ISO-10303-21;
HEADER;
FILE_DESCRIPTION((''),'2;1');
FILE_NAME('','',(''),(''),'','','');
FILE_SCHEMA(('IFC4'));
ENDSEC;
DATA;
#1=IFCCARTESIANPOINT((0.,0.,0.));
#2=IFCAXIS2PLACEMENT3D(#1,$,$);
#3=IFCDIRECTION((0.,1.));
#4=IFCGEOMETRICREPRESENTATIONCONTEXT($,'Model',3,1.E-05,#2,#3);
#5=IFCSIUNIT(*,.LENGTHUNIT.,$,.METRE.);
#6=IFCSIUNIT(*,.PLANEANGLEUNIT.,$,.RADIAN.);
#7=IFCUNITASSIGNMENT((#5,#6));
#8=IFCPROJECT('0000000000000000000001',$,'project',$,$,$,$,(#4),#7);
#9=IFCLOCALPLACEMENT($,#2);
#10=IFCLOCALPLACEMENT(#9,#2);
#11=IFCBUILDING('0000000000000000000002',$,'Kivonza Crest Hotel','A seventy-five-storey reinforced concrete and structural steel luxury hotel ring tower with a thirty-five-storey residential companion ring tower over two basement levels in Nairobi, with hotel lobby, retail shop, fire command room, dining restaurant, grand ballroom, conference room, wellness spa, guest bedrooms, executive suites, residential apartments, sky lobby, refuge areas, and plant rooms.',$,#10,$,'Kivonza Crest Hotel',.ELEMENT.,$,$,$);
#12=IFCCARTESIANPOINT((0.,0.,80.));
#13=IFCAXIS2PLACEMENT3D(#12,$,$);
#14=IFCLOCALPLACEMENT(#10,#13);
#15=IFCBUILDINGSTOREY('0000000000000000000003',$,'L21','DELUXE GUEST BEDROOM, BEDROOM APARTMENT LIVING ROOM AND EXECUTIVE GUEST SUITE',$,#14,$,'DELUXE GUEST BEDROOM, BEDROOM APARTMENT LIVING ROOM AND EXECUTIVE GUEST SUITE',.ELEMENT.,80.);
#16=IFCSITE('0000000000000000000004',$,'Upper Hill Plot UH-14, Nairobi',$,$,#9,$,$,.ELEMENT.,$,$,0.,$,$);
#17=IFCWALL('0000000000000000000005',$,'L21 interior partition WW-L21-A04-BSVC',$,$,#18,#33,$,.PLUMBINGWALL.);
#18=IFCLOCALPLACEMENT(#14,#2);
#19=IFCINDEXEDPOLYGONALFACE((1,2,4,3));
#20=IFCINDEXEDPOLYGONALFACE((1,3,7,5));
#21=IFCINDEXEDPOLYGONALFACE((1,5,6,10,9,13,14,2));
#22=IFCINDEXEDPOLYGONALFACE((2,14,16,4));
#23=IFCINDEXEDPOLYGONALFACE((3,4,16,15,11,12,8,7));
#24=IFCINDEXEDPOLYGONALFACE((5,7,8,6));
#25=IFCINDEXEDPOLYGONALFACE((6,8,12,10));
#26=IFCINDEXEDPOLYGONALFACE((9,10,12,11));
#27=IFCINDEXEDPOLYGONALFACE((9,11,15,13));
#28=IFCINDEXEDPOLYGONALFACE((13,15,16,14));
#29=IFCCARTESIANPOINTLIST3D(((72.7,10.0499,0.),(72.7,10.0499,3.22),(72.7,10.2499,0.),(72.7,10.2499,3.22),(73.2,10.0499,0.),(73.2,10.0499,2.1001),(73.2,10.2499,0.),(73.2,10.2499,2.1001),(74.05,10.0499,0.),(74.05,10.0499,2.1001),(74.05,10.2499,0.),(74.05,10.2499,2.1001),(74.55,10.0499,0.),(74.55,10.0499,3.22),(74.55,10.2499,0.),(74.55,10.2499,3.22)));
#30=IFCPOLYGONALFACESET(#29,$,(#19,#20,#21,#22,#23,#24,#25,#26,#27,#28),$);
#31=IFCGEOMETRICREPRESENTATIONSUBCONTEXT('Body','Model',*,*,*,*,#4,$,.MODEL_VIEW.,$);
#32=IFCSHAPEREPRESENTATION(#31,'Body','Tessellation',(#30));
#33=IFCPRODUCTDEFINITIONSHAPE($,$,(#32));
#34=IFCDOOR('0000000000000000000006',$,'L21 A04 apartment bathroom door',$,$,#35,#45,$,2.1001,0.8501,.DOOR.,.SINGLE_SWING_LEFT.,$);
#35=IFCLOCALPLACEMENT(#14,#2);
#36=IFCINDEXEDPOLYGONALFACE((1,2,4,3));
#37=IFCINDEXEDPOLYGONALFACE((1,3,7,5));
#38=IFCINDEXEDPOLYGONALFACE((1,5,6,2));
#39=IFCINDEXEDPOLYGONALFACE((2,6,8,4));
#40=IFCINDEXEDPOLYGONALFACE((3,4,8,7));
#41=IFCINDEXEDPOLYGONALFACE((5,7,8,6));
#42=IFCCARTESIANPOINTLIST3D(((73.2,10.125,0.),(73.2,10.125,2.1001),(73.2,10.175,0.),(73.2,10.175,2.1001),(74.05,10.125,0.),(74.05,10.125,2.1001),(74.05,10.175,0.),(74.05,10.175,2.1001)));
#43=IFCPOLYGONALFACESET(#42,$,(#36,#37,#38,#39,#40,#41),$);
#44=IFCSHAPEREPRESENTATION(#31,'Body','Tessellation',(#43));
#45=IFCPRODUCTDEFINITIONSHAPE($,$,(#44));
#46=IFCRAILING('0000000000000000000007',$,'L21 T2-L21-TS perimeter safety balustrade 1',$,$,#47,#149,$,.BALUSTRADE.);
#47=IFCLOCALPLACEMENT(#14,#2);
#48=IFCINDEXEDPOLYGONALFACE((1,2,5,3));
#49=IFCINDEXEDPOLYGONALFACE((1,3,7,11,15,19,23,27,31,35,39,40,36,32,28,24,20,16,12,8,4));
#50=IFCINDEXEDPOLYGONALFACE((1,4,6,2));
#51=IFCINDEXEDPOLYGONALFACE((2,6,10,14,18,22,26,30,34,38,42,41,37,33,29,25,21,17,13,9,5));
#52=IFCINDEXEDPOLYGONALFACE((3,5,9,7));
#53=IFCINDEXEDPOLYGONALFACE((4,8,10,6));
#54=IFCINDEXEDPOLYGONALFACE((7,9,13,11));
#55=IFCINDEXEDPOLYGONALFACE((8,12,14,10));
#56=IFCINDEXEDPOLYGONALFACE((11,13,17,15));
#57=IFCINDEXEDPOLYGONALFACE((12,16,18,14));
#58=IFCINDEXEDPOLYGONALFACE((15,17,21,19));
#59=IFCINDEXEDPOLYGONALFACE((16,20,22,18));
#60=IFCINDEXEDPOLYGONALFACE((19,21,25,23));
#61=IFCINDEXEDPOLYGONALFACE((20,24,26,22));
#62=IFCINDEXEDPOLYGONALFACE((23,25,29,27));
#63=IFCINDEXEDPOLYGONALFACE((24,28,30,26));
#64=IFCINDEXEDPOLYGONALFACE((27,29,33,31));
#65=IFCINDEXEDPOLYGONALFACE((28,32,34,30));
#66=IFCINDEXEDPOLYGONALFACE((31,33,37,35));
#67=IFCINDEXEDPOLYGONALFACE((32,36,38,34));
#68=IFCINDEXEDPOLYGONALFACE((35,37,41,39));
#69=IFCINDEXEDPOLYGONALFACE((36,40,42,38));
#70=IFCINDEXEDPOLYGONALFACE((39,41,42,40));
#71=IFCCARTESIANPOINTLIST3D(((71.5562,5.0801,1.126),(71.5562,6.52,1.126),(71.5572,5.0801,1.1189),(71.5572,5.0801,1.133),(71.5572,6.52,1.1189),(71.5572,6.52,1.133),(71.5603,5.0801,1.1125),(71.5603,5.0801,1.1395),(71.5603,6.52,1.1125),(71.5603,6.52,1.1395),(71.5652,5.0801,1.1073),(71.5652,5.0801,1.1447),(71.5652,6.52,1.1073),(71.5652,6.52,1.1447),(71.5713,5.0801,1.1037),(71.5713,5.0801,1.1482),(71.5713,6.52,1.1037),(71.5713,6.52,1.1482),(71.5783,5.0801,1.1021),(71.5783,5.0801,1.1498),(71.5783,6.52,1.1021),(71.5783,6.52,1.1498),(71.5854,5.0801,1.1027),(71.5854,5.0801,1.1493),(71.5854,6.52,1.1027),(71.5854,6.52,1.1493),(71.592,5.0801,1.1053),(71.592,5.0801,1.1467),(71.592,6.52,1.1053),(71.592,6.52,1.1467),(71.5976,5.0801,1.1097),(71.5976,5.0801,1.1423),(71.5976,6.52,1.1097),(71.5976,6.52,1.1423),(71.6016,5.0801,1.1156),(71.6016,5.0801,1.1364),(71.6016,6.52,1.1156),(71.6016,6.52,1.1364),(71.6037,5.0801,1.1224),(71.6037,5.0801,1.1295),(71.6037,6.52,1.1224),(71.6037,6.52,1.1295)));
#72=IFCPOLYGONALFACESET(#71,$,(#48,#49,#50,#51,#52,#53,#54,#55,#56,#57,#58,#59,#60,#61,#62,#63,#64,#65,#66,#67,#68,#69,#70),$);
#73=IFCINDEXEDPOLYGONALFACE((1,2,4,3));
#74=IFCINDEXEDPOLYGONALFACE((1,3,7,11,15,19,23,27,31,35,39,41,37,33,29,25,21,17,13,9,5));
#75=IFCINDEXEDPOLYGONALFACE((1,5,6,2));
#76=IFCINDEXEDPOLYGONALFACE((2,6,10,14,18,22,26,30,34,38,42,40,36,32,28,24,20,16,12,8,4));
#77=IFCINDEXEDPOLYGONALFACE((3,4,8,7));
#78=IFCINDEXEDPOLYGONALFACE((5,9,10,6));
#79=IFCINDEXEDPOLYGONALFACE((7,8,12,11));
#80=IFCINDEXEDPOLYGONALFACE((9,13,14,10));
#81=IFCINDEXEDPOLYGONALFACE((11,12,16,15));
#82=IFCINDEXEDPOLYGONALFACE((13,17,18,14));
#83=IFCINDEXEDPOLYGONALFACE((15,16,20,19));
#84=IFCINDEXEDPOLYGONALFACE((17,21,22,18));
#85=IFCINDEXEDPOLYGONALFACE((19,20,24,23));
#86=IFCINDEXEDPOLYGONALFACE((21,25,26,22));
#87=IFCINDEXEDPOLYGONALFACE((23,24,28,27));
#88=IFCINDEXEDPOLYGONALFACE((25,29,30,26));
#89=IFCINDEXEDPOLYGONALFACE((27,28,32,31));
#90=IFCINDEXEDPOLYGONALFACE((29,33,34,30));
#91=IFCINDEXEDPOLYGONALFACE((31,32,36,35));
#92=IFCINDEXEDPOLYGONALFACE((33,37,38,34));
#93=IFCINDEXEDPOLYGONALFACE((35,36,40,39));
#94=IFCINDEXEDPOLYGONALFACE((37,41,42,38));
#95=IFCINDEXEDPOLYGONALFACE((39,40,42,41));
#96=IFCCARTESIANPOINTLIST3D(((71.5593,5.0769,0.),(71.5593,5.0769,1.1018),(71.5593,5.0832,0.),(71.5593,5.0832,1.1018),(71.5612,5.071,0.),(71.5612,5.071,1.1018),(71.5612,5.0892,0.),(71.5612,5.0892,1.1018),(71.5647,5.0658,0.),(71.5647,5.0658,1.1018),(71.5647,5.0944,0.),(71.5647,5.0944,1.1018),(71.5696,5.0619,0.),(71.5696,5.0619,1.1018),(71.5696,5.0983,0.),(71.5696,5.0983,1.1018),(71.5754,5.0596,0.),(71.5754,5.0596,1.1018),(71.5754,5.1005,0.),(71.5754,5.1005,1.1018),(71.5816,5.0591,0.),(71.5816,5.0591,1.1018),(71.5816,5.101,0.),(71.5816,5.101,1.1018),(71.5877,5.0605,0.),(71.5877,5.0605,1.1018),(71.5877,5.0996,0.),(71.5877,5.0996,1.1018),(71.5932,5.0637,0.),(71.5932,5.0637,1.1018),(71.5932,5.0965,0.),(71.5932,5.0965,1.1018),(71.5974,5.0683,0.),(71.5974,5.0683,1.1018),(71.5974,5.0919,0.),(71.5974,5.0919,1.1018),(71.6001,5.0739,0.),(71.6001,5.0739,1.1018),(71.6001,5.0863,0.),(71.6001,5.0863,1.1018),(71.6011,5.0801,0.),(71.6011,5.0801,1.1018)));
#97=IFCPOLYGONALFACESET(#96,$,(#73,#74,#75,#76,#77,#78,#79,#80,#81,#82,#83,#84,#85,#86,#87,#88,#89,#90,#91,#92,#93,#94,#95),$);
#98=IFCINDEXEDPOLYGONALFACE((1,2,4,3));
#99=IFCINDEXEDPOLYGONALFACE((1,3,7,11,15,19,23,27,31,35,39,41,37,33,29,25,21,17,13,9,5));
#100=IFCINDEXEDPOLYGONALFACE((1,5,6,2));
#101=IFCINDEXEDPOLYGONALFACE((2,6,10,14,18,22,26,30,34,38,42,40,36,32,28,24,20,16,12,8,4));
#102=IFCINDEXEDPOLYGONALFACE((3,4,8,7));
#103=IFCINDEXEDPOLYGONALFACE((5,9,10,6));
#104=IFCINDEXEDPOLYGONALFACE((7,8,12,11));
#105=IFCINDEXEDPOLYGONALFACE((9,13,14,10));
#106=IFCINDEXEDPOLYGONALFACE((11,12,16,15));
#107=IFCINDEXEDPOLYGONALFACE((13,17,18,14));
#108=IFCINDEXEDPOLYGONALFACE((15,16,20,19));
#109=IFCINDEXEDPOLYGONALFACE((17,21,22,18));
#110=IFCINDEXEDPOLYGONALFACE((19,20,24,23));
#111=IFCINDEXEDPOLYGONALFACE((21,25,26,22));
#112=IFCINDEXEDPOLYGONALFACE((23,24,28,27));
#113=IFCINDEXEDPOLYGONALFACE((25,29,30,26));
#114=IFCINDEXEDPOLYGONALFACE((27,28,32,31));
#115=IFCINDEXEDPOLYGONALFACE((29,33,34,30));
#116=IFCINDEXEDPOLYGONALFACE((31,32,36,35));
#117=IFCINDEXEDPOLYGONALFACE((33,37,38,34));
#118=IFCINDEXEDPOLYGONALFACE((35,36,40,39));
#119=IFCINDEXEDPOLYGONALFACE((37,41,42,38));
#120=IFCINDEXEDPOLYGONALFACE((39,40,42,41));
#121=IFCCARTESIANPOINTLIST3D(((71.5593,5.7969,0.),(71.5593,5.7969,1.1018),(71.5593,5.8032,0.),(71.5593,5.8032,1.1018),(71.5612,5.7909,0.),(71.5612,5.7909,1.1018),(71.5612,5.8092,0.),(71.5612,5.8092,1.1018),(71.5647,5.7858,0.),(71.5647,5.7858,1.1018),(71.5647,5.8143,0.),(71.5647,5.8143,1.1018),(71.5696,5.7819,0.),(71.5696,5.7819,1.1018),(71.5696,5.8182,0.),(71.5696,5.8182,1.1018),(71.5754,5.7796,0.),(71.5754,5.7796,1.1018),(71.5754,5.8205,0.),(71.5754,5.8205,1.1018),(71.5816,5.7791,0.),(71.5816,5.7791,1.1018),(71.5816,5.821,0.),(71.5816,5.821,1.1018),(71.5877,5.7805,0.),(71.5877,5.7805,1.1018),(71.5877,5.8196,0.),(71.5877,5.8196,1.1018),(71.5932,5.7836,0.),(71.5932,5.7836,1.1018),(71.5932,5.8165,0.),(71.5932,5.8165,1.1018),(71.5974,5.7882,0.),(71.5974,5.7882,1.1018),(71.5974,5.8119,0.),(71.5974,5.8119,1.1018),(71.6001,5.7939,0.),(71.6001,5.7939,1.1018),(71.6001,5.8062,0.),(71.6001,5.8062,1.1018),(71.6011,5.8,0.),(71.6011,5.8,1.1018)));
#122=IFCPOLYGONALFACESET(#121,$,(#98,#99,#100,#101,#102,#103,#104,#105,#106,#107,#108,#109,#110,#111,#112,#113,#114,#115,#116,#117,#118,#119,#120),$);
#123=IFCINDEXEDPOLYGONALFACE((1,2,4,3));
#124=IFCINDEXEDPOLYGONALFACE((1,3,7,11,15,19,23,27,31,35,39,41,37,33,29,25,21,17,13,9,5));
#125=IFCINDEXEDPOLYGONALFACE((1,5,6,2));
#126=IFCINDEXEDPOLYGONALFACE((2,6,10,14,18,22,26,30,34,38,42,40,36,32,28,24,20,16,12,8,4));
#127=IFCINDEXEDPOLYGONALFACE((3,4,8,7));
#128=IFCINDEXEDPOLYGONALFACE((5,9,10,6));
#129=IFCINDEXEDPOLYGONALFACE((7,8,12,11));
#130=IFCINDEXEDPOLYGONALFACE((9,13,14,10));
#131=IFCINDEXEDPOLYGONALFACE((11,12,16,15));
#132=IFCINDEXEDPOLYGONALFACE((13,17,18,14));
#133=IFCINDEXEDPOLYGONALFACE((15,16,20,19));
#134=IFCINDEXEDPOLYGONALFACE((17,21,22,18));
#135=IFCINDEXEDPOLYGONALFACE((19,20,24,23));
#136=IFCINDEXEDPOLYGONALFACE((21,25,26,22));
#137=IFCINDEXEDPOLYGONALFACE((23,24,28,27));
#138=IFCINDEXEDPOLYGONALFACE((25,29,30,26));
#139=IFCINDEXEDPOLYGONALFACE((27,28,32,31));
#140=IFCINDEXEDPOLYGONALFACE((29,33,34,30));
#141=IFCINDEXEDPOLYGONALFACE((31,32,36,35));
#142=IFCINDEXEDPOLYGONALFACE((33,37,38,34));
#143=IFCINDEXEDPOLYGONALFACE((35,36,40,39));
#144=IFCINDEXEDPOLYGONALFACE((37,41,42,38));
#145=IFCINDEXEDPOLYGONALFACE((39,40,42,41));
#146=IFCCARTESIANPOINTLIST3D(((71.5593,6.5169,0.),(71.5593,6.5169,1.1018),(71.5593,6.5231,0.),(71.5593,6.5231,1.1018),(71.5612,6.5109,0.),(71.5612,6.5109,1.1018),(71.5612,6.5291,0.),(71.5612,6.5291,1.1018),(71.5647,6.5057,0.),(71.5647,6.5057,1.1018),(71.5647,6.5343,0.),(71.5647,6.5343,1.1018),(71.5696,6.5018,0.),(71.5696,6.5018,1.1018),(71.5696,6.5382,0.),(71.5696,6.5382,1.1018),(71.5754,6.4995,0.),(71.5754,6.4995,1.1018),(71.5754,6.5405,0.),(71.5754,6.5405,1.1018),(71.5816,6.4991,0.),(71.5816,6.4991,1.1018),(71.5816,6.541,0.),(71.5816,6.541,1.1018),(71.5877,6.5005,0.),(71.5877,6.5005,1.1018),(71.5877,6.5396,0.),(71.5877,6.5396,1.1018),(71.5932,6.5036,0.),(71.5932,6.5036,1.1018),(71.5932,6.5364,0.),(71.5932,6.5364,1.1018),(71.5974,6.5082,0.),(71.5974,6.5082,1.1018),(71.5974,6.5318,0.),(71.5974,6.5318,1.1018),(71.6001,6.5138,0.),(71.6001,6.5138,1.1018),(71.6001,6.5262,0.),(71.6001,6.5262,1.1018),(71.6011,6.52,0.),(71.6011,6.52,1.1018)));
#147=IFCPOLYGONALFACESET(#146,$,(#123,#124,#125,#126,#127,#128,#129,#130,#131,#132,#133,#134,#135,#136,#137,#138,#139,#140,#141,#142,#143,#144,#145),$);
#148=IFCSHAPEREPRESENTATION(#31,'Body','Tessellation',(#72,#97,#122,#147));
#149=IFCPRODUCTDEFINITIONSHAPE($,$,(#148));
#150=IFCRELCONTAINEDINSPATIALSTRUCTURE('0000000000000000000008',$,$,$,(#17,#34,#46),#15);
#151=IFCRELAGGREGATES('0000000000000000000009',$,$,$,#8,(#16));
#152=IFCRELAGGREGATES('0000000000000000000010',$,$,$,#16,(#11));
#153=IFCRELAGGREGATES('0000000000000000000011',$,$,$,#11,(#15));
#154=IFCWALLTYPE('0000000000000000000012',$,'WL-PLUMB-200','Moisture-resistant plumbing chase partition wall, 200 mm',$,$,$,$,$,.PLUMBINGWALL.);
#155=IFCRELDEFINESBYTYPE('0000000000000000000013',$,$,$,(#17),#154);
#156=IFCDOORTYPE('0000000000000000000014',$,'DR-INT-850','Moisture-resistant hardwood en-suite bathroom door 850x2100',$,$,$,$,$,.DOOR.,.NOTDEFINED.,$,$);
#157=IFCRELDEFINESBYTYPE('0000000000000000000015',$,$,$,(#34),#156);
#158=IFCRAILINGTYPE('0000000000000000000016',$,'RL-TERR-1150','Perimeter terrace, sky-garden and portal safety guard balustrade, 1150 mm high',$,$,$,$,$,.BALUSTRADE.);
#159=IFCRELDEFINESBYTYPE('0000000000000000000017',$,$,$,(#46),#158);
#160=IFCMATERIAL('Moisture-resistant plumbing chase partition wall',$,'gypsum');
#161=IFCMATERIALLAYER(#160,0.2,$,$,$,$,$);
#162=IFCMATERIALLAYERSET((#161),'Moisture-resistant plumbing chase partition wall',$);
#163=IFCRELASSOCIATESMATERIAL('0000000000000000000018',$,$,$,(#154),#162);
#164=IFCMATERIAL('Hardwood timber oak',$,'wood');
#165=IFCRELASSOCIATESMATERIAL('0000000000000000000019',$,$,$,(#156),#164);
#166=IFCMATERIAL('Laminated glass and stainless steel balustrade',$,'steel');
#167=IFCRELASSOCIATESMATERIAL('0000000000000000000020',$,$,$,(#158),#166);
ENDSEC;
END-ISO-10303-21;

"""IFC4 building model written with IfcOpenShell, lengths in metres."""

from ifc_helpers import new_model, si_unit, direction, frame, frame_2d, origin, origin_2d, place, context, subcontext, project, spatial, rectangle, circle, extrude, material, layer, layer_set, type_object, element, fill, save


model = new_model("IFC4")

# Units and contexts
model_context = context("Model", 3, precision=1e-05, world=origin(), true_north=direction((0.0, 1.0)))
body_context = subcontext(model_context, "Body", "Model", "MODEL_VIEW")
ifc_project = project(units=[si_unit("LENGTHUNIT", "METRE"), si_unit("PLANEANGLEUNIT", "RADIAN")], contexts=[model_context])

# Site, building, storey
site_placement = place(None, origin())
site = spatial("IfcSite", under=ifc_project, at=site_placement, Name="Upper Hill Plot UH-14, Nairobi", CompositionType="ELEMENT", RefElevation=0.0)
building_placement = place(site_placement, origin())
building = spatial("IfcBuilding", under=site, at=building_placement, Name="Kivonza Crest Hotel", Description="A seventy-five-storey reinforced concrete and structural steel luxury hotel ring tower with a thirty-five-storey residential companion ring tower over two basement levels in Nairobi, with hotel lobby, retail shop, fire command room, dining restaurant, grand ballroom, conference room, wellness spa, guest bedrooms, executive suites, residential apartments, sky lobby, refuge areas, and plant rooms.", LongName="Kivonza Crest Hotel", CompositionType="ELEMENT")
storey_placement = place(building_placement, frame((0.0, 0.0, 80.0)))
storey = spatial("IfcBuildingStorey", under=building, at=storey_placement, Name="L21", Description="DELUXE GUEST BEDROOM, BEDROOM APARTMENT LIVING ROOM AND EXECUTIVE GUEST SUITE", LongName="DELUXE GUEST BEDROOM, BEDROOM APARTMENT LIVING ROOM AND EXECUTIVE GUEST SUITE", CompositionType="ELEMENT", Elevation=80.0)

# Shared definitions
ifc_material_1 = material(Name="Hardwood timber oak", Category="wood")

# Shared definitions
ifc_material_2 = material(Name="Moisture-resistant plumbing chase partition wall", Category="gypsum")
ifc_layer_1 = layer(ifc_material_2, 0.2)
ifc_layer_set_1 = layer_set([ifc_layer_1], Name="Moisture-resistant plumbing chase partition wall")
wall_type_1 = type_object("IfcWallType", Name="WL-PLUMB-200", Description="Moisture-resistant plumbing chase partition wall, 200 mm", PredefinedType="PLUMBINGWALL", material=ifc_layer_set_1)

# Wall, opening, door
door_type_1 = type_object("IfcDoorType", Name="DR-INT-850", Description="Moisture-resistant hardwood en-suite bathroom door 850x2100", OperationType="NOTDEFINED", PredefinedType="DOOR", material=ifc_material_1)
wall_1_placement = place(storey_placement, frame((72.7, 10.1499, 0.0), z_axis=(0.0, 0.0, 1.0), x_axis=(1.0, 0.0, 0.0)))
wall_1 = element("IfcWall", 1, at=wall_1_placement, inside=storey, type_object=wall_type_1, Name="L21 interior partition WW-L21-A04-BSVC", PredefinedType="PLUMBINGWALL", context=body_context, shape_type="SweptSolid", body=[
    extrude(rectangle(XDim=1.8501, YDim=0.2, at=frame_2d((0.925, 0.0))), origin(), (0.0, 0.0, 1.0), 3.22),
])
opening_1_placement = place(wall_1_placement, frame((0.5, 0.0, 0.0)))
opening_1 = element("IfcOpeningElement", 2, at=opening_1_placement, cuts=wall_1, PredefinedType="OPENING", context=body_context, shape_type="SweptSolid", body=[
    extrude(rectangle(XDim=0.8501, YDim=2.1001, at=frame_2d((0.425, 1.05))), frame((0.0, 0.1099, 0.0), z_axis=(0.0, -1.0, 0.0), x_axis=(1.0, 0.0, 0.0)), (0.0, 0.0, 1.0), 0.22),
])
door_1_placement = place(opening_1_placement, frame((0.8501, 0.0, 0.0), z_axis=(0.0, 0.0, 1.0), x_axis=(-1.0, 0.0, 0.0)))
door_1 = element("IfcDoor", 3, at=door_1_placement, inside=storey, type_object=door_type_1, Name="L21 A04 apartment bathroom door", OperationType="SINGLE_SWING_LEFT", OverallHeight=2.1001, OverallWidth=0.8501, PredefinedType="DOOR", context=body_context, shape_type="SweptSolid", body=[
    extrude(rectangle(XDim=0.8501, YDim=2.1001, at=frame_2d((0.425, 1.05))), frame((0.0, 0.0249, 0.0), z_axis=(0.0, -1.0, 0.0), x_axis=(1.0, 0.0, 0.0)), (0.0, 0.0, 1.0), 0.05),
])
fill(opening_1, door_1)

# Railing
ifc_material_3 = material(Name="Laminated glass and stainless steel balustrade", Category="steel")
railing_type = type_object("IfcRailingType", Name="RL-TERR-1150", Description="Perimeter terrace, sky-garden and portal safety guard balustrade, 1150 mm high", PredefinedType="BALUSTRADE", material=ifc_material_3)
railing_placement = place(storey_placement, frame((71.5801, 5.0801, 0.0)))
element("IfcRailing", 4, at=railing_placement, inside=storey, type_object=railing_type, Name="L21 T2-L21-TS perimeter safety balustrade 1", PredefinedType="BALUSTRADE", context=body_context, shape_type="SweptSolid", body=[
    extrude(circle(Radius=0.0239, at=origin_2d()), frame((0.0, 0.0, 1.126), z_axis=(0.0, 1.0, 0.0), x_axis=(-1.0, 0.0, 0.0)), (0.0, 0.0, 1.0), 1.4399),
    extrude(circle(Radius=0.021, at=origin_2d()), origin(), (0.0, 0.0, 1.0), 1.1018),
    extrude(circle(Radius=0.021, at=origin_2d()), frame((0.0, 0.72, 0.0)), (0.0, 0.0, 1.0), 1.1018),
    extrude(circle(Radius=0.021, at=origin_2d()), frame((0.0, 1.4399, 0.0)), (0.0, 0.0, 1.0), 1.1018),
])

save(model, "model.ifc")
